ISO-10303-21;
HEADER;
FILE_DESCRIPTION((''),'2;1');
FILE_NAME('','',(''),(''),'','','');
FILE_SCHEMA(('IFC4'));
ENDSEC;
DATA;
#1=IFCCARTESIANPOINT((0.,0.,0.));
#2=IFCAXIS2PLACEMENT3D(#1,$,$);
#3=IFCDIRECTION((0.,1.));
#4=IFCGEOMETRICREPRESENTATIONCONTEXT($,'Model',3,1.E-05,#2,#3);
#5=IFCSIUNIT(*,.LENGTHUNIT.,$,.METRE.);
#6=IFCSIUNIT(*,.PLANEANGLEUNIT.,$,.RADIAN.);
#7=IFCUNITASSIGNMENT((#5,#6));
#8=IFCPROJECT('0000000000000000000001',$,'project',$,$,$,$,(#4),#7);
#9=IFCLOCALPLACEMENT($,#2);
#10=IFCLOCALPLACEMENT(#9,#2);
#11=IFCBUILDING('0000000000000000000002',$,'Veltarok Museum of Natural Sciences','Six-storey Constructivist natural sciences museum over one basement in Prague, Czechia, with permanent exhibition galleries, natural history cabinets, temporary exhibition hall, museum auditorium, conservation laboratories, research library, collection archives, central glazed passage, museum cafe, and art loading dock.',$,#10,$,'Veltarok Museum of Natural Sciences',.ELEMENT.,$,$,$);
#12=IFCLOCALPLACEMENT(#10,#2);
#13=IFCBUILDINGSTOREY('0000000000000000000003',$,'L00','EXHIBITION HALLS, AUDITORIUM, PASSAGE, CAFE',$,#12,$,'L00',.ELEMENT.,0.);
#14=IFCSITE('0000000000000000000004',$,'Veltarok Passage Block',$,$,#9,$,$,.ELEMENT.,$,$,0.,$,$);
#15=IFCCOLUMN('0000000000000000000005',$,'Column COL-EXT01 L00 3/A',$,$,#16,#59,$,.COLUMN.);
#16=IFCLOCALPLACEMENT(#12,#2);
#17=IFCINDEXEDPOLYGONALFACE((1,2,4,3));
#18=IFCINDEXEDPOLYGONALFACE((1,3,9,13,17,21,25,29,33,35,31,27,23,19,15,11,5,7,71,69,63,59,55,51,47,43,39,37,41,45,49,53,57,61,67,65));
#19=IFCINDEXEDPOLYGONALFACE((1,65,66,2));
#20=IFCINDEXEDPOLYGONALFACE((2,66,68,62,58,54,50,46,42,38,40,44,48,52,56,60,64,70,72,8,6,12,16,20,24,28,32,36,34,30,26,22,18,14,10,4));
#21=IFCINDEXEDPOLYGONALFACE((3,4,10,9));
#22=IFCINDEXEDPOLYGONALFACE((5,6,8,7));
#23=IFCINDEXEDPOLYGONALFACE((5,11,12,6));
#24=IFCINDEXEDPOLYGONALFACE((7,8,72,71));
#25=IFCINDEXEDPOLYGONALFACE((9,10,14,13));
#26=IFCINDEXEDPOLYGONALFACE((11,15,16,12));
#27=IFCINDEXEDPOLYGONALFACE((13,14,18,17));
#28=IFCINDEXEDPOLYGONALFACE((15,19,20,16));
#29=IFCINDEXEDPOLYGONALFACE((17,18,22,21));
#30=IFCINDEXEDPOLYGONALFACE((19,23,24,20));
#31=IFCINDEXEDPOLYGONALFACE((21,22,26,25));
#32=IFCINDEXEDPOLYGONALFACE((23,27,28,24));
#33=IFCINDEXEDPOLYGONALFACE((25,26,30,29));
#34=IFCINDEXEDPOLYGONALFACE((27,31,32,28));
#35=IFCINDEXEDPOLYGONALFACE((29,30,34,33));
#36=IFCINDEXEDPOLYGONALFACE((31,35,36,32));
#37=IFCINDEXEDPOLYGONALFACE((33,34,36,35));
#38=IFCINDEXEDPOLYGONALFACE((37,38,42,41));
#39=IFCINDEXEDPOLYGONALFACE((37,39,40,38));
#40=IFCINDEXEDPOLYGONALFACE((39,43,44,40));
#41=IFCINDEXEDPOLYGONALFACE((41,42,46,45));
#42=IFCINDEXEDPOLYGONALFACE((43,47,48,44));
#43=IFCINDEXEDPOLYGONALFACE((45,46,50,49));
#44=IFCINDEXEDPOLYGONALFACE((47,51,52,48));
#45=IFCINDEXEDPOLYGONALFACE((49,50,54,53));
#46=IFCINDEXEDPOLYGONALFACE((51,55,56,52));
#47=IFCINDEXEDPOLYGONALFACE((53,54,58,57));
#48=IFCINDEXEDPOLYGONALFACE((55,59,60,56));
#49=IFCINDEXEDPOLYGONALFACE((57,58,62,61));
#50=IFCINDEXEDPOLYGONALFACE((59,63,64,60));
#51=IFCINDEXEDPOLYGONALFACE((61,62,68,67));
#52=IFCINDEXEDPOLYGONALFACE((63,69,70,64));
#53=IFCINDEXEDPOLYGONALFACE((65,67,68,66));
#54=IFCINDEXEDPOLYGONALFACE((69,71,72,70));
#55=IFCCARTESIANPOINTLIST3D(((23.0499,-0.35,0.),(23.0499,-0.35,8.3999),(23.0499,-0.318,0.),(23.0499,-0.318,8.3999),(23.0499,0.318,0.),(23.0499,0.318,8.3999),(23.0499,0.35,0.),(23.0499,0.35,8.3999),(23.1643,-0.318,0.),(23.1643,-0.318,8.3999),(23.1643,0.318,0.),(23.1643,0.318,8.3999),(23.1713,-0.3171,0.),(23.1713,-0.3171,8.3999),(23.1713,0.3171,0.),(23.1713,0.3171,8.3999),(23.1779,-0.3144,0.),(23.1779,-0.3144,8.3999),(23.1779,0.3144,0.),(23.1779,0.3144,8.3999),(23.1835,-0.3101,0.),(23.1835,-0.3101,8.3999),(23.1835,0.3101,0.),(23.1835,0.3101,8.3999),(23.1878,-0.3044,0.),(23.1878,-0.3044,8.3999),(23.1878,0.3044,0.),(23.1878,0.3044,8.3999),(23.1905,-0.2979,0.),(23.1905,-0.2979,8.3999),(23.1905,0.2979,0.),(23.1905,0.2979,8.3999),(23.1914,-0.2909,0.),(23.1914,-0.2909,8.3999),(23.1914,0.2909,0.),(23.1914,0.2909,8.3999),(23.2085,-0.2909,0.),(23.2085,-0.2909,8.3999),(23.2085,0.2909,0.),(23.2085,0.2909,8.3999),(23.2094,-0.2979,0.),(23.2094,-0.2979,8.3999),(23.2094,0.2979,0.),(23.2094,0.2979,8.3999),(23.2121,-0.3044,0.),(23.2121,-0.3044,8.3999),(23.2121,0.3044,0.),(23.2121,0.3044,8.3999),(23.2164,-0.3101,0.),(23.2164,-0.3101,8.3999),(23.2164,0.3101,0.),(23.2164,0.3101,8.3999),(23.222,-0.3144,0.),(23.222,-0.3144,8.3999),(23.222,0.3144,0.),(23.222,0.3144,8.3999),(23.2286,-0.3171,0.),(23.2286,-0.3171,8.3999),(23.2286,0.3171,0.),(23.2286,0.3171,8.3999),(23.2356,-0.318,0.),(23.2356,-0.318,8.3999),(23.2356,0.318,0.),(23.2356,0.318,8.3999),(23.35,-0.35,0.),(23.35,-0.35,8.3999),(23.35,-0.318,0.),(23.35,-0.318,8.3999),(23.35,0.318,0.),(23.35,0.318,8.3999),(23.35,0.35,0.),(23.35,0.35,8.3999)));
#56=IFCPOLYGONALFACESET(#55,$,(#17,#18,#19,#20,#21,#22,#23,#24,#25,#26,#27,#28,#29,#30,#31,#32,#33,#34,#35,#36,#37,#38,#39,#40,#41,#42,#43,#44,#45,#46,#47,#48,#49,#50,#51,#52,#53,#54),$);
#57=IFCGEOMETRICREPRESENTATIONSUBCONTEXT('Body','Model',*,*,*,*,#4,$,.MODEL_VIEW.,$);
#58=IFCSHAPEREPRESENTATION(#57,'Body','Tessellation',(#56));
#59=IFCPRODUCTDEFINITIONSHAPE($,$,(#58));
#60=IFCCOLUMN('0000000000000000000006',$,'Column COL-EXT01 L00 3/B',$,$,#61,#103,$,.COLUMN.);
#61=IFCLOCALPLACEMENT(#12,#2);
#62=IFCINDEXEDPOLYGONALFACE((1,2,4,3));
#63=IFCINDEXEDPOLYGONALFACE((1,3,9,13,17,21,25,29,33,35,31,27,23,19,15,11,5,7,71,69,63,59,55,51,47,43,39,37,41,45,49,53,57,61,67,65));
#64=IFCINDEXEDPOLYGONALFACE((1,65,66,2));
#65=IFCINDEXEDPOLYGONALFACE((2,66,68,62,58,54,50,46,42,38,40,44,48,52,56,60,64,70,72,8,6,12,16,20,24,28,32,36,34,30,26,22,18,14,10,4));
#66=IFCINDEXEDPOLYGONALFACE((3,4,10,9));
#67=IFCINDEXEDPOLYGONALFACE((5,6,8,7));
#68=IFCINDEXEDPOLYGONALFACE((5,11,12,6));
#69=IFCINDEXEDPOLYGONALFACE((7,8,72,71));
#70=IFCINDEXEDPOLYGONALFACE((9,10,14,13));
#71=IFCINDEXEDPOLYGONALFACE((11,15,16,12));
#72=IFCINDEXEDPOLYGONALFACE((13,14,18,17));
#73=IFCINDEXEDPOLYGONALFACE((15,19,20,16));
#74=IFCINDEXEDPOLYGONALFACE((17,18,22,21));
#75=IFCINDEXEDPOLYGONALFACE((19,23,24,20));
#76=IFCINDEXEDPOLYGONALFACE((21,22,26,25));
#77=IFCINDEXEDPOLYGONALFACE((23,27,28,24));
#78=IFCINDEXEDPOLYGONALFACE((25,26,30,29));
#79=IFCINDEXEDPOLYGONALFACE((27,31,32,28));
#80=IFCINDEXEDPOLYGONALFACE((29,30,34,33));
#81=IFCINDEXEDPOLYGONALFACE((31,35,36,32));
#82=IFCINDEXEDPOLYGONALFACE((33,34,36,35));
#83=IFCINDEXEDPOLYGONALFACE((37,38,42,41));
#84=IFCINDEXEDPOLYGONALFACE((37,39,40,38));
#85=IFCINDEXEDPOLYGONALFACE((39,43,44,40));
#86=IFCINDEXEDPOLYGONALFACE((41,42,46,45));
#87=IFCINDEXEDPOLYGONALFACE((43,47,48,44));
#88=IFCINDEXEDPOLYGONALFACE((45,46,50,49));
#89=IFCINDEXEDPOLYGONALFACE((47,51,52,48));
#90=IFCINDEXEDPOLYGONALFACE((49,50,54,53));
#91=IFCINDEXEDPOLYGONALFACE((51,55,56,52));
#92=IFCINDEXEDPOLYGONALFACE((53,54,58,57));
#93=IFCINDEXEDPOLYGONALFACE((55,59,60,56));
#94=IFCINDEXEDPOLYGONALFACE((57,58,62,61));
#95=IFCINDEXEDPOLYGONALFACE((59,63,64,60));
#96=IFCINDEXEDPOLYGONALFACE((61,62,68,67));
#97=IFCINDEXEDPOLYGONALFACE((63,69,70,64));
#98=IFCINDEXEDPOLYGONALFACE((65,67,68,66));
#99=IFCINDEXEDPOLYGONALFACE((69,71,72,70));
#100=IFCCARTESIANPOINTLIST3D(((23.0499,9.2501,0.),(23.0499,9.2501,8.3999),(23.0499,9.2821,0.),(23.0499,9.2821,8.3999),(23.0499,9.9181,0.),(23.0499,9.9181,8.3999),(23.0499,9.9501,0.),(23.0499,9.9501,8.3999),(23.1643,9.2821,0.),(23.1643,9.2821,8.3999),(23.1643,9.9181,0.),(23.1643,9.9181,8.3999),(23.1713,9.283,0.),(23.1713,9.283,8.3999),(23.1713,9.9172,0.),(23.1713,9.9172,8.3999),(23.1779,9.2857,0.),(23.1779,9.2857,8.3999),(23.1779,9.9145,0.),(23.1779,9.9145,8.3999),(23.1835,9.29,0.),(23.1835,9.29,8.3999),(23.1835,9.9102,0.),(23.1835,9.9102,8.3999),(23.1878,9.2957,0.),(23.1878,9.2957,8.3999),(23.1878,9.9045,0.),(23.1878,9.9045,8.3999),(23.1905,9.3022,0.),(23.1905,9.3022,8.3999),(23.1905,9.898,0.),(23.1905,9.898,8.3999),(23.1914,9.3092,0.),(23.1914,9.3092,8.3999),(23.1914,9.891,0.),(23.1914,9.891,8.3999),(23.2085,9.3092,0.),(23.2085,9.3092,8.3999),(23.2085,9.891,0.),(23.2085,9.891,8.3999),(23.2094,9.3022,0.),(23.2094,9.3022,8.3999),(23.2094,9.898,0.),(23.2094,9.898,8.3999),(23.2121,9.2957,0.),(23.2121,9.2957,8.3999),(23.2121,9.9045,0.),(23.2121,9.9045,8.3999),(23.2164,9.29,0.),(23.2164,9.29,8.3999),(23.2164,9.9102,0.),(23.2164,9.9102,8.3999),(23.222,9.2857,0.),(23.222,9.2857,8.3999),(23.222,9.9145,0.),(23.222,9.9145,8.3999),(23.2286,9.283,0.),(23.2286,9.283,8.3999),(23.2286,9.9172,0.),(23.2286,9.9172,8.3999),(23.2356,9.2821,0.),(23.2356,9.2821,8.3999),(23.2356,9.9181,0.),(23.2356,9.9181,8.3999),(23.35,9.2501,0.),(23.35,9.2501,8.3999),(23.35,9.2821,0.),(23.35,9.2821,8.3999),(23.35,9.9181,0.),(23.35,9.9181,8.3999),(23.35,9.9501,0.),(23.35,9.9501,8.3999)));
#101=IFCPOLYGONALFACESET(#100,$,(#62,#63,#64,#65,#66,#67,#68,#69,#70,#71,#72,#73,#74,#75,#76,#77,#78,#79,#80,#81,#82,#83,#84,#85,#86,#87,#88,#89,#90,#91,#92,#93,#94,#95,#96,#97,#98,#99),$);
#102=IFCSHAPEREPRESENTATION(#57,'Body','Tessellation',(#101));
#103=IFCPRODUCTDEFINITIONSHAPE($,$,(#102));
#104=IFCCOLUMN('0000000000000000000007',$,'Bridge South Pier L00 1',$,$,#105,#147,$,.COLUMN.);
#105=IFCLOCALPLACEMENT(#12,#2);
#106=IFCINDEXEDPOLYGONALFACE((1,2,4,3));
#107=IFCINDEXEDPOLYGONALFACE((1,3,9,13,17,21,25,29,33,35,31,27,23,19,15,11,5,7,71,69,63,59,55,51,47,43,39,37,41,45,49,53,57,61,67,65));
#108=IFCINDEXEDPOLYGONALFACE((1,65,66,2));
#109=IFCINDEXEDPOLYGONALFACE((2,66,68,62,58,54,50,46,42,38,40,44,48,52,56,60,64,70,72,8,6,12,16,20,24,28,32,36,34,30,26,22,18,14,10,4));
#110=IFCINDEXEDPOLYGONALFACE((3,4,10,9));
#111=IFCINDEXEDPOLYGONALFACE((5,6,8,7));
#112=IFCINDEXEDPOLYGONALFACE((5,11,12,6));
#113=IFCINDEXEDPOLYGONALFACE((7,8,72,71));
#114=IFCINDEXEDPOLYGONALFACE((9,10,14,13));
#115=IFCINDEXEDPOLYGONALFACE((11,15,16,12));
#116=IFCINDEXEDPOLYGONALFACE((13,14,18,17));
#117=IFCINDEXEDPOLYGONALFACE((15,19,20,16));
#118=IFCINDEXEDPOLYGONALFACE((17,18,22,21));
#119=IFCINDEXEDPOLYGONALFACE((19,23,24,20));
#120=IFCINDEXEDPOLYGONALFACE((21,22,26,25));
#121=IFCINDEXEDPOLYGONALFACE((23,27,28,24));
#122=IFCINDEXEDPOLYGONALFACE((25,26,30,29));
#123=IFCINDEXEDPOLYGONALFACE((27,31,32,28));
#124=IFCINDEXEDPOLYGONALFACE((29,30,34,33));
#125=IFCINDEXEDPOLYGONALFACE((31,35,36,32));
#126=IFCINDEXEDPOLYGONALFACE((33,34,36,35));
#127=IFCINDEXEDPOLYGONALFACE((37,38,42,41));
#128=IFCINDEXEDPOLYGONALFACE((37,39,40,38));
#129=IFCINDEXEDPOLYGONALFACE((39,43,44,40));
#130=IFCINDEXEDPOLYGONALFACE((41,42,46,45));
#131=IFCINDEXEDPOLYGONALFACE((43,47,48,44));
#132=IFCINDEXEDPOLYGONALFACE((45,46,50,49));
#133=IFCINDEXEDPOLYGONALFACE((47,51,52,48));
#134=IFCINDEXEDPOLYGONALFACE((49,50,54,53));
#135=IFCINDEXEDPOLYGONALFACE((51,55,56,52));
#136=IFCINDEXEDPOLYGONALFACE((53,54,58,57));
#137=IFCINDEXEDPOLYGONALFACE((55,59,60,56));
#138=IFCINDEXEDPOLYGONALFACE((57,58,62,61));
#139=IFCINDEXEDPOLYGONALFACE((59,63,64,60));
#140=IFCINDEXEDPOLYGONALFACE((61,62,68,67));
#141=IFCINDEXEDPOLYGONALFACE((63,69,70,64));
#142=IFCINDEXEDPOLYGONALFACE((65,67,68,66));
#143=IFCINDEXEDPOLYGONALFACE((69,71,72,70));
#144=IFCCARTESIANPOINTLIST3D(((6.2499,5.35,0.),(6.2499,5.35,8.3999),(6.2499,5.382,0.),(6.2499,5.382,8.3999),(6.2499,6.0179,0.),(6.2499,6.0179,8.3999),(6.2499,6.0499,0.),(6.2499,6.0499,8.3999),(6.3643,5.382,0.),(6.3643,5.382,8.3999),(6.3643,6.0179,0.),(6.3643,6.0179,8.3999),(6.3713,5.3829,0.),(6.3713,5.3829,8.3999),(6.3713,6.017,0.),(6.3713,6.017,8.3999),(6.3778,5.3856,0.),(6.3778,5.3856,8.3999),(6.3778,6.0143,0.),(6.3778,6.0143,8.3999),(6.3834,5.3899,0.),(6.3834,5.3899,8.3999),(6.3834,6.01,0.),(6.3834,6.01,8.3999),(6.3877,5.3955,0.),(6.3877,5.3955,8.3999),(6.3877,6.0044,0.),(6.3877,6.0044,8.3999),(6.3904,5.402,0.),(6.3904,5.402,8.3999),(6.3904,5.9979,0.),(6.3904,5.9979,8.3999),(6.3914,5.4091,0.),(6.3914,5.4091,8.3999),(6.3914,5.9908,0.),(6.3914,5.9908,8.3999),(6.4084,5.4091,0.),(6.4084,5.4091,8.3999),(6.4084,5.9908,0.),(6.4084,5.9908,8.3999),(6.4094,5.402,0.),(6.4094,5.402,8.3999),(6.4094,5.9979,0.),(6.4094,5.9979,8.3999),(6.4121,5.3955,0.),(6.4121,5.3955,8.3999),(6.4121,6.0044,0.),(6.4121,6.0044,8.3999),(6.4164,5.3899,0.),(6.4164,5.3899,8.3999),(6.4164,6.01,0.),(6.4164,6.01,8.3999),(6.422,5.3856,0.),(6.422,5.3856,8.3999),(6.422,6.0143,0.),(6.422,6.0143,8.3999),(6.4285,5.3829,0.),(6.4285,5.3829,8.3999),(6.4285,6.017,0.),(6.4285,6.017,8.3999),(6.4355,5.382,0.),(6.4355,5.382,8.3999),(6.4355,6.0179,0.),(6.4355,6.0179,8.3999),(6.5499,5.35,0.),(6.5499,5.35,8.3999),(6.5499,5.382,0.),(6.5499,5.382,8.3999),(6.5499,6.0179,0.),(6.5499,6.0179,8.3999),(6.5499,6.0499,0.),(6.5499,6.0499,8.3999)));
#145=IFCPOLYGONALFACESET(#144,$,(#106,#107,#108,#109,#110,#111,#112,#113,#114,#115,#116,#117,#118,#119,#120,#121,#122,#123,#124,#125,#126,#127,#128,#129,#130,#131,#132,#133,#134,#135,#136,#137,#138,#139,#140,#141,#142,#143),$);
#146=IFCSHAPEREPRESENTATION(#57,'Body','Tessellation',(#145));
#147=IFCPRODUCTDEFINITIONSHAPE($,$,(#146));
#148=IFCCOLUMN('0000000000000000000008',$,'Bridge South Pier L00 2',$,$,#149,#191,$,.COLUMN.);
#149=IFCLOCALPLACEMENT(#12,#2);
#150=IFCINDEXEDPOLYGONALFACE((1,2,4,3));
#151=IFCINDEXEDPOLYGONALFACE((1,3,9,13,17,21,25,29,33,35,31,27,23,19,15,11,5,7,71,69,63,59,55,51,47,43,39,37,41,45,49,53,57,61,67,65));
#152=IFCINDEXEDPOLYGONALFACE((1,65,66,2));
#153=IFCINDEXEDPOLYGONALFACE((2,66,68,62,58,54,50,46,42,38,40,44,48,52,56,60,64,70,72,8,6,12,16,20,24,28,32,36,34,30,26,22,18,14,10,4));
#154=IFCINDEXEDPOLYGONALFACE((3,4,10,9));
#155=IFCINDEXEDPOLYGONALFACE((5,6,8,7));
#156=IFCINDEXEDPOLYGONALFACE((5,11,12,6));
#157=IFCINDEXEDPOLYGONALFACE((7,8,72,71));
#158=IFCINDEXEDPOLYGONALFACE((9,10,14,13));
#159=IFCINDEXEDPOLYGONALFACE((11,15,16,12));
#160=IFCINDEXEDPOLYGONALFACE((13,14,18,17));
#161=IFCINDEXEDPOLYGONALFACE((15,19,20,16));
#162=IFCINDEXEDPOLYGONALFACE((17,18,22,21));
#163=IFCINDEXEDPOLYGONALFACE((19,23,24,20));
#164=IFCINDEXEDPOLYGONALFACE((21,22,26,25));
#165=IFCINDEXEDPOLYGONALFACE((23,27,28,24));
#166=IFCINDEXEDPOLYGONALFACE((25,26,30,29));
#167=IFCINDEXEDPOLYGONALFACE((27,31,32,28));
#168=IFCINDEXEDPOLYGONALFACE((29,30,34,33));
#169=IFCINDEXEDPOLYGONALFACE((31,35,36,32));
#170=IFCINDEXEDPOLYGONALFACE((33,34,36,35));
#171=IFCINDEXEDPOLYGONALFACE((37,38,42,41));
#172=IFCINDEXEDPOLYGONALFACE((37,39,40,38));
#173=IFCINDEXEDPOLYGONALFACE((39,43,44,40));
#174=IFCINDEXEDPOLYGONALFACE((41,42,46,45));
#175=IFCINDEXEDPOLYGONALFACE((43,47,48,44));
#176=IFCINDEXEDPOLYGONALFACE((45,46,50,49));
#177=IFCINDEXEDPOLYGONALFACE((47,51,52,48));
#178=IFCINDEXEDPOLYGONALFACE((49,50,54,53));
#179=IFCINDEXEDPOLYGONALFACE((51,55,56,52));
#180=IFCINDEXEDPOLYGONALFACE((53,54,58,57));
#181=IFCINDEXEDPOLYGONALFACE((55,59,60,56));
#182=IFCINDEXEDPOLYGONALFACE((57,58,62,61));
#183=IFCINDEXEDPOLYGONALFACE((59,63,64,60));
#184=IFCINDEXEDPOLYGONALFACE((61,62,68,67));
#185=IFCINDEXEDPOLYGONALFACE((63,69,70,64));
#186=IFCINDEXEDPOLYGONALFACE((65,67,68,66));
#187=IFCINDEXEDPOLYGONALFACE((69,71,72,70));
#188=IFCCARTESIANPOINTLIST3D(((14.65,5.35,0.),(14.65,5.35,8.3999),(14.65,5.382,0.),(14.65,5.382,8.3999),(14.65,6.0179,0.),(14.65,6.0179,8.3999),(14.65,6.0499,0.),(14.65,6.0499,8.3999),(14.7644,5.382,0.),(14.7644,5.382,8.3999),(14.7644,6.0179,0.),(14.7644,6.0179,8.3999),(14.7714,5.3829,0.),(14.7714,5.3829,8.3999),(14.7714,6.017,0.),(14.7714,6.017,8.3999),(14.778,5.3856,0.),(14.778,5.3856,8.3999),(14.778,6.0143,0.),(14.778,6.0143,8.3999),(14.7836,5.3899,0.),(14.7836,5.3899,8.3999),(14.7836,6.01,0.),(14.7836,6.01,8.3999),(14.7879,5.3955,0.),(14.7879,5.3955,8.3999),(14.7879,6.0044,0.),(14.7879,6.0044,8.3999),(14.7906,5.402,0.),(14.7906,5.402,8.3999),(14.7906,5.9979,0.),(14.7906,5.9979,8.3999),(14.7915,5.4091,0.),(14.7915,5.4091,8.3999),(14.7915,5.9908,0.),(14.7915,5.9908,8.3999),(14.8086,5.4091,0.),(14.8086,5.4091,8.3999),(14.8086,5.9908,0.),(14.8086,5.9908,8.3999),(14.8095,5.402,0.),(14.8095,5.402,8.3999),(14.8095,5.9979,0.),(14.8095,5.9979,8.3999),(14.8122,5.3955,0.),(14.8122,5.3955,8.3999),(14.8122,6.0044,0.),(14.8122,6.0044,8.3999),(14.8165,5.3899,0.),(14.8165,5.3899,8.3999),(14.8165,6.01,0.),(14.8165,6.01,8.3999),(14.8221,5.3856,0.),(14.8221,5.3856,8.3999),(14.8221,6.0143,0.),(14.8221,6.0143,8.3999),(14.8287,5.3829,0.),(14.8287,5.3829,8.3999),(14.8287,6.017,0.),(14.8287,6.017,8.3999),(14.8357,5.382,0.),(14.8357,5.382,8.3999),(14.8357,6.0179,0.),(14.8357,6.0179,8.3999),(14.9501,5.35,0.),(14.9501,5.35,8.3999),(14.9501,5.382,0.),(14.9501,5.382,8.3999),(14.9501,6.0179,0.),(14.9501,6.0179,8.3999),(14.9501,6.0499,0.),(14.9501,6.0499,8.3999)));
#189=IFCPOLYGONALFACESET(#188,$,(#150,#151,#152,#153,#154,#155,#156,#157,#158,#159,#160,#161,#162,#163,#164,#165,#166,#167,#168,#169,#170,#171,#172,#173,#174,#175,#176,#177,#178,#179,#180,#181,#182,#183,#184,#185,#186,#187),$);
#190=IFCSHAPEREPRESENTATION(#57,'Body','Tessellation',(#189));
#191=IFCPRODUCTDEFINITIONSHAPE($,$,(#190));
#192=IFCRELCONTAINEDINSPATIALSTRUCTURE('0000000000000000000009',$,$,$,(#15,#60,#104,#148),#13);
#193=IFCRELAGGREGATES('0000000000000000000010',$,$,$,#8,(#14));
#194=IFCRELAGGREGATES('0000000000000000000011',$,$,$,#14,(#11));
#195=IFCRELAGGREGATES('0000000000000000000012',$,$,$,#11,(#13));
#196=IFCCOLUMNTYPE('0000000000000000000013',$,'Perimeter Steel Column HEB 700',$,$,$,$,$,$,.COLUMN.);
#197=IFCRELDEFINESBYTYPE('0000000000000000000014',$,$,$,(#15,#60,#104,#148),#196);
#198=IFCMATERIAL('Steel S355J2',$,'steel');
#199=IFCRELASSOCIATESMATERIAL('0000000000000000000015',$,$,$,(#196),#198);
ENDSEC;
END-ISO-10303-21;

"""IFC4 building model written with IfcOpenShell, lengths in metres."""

from ifc_helpers import new_model, si_unit, direction, frame, origin, origin_2d, place, context, subcontext, project, spatial, i_section, extrude, material, material_profile, profile_set, type_object, element, save


model = new_model("IFC4")

# Units and contexts
model_context = context("Model", 3, precision=1e-05, world=origin(), true_north=direction((0.0, 1.0)))
body_context = subcontext(model_context, "Body", "Model", "MODEL_VIEW")
ifc_project = project(units=[si_unit("LENGTHUNIT", "METRE"), si_unit("PLANEANGLEUNIT", "RADIAN")], contexts=[model_context])

# Site, building, storey
site_placement = place(None, origin())
site = spatial("IfcSite", under=ifc_project, at=site_placement, Name="Veltarok Passage Block", CompositionType="ELEMENT", RefElevation=0.0)
building_placement = place(site_placement, origin())
building = spatial("IfcBuilding", under=site, at=building_placement, Name="Veltarok Museum of Natural Sciences", Description="Six-storey Constructivist natural sciences museum over one basement in Prague, Czechia, with permanent exhibition galleries, natural history cabinets, temporary exhibition hall, museum auditorium, conservation laboratories, research library, collection archives, central glazed passage, museum cafe, and art loading dock.", LongName="Veltarok Museum of Natural Sciences", CompositionType="ELEMENT")
storey_placement = place(building_placement, origin())
storey = spatial("IfcBuildingStorey", under=building, at=storey_placement, Name="L00", Description="EXHIBITION HALLS, AUDITORIUM, PASSAGE, CAFE", LongName="L00", CompositionType="ELEMENT", Elevation=0.0)

# Columns
ifc_material_1 = material(Name="Steel S355J2", Category="steel")
ifc_material_profile_1 = material_profile(ifc_material_1, i_section(OverallWidth=0.3, OverallDepth=0.7, WebThickness=0.0171, FlangeThickness=0.032, FilletRadius=0.0271, at=origin_2d()), Name="HEB 700")
ifc_profile_set_1 = profile_set([ifc_material_profile_1], Name="Steel S355J2")
column_type_1 = type_object("IfcColumnType", Name="Perimeter Steel Column HEB 700", PredefinedType="COLUMN", material=ifc_profile_set_1)
for number, where, z_axis, x_axis, name in (
    (1, (23.2, 0.0, 0.0), (0.0, 0.0, 1.0), (1.0, 0.0, 0.0), "Column COL-EXT01 L00 3/A"),
    (2, (23.2, 9.6001, 0.0), (0.0, 0.0, 1.0), (1.0, 0.0, 0.0), "Column COL-EXT01 L00 3/B"),
    (3, (6.3999, 5.7, 0.0), (0.0, 0.0, 1.0), (1.0, 0.0, 0.0), "Bridge South Pier L00 1"),
    (4, (14.8, 5.7, 0.0), (0.0, 0.0, 1.0), (1.0, 0.0, 0.0), "Bridge South Pier L00 2"),
):
    element("IfcColumn", number, at=place(storey_placement, frame(where, z_axis=z_axis, x_axis=x_axis)), inside=storey, type_object=column_type_1, Name=name, PredefinedType="COLUMN", context=body_context, shape_type="SweptSolid", body=[
        extrude(i_section(OverallWidth=0.3, OverallDepth=0.7, WebThickness=0.0171, FlangeThickness=0.032, FilletRadius=0.0271, at=origin_2d()), origin(), (0.0, 0.0, 1.0), 8.3999),
    ])

save(model, "model.ifc")
